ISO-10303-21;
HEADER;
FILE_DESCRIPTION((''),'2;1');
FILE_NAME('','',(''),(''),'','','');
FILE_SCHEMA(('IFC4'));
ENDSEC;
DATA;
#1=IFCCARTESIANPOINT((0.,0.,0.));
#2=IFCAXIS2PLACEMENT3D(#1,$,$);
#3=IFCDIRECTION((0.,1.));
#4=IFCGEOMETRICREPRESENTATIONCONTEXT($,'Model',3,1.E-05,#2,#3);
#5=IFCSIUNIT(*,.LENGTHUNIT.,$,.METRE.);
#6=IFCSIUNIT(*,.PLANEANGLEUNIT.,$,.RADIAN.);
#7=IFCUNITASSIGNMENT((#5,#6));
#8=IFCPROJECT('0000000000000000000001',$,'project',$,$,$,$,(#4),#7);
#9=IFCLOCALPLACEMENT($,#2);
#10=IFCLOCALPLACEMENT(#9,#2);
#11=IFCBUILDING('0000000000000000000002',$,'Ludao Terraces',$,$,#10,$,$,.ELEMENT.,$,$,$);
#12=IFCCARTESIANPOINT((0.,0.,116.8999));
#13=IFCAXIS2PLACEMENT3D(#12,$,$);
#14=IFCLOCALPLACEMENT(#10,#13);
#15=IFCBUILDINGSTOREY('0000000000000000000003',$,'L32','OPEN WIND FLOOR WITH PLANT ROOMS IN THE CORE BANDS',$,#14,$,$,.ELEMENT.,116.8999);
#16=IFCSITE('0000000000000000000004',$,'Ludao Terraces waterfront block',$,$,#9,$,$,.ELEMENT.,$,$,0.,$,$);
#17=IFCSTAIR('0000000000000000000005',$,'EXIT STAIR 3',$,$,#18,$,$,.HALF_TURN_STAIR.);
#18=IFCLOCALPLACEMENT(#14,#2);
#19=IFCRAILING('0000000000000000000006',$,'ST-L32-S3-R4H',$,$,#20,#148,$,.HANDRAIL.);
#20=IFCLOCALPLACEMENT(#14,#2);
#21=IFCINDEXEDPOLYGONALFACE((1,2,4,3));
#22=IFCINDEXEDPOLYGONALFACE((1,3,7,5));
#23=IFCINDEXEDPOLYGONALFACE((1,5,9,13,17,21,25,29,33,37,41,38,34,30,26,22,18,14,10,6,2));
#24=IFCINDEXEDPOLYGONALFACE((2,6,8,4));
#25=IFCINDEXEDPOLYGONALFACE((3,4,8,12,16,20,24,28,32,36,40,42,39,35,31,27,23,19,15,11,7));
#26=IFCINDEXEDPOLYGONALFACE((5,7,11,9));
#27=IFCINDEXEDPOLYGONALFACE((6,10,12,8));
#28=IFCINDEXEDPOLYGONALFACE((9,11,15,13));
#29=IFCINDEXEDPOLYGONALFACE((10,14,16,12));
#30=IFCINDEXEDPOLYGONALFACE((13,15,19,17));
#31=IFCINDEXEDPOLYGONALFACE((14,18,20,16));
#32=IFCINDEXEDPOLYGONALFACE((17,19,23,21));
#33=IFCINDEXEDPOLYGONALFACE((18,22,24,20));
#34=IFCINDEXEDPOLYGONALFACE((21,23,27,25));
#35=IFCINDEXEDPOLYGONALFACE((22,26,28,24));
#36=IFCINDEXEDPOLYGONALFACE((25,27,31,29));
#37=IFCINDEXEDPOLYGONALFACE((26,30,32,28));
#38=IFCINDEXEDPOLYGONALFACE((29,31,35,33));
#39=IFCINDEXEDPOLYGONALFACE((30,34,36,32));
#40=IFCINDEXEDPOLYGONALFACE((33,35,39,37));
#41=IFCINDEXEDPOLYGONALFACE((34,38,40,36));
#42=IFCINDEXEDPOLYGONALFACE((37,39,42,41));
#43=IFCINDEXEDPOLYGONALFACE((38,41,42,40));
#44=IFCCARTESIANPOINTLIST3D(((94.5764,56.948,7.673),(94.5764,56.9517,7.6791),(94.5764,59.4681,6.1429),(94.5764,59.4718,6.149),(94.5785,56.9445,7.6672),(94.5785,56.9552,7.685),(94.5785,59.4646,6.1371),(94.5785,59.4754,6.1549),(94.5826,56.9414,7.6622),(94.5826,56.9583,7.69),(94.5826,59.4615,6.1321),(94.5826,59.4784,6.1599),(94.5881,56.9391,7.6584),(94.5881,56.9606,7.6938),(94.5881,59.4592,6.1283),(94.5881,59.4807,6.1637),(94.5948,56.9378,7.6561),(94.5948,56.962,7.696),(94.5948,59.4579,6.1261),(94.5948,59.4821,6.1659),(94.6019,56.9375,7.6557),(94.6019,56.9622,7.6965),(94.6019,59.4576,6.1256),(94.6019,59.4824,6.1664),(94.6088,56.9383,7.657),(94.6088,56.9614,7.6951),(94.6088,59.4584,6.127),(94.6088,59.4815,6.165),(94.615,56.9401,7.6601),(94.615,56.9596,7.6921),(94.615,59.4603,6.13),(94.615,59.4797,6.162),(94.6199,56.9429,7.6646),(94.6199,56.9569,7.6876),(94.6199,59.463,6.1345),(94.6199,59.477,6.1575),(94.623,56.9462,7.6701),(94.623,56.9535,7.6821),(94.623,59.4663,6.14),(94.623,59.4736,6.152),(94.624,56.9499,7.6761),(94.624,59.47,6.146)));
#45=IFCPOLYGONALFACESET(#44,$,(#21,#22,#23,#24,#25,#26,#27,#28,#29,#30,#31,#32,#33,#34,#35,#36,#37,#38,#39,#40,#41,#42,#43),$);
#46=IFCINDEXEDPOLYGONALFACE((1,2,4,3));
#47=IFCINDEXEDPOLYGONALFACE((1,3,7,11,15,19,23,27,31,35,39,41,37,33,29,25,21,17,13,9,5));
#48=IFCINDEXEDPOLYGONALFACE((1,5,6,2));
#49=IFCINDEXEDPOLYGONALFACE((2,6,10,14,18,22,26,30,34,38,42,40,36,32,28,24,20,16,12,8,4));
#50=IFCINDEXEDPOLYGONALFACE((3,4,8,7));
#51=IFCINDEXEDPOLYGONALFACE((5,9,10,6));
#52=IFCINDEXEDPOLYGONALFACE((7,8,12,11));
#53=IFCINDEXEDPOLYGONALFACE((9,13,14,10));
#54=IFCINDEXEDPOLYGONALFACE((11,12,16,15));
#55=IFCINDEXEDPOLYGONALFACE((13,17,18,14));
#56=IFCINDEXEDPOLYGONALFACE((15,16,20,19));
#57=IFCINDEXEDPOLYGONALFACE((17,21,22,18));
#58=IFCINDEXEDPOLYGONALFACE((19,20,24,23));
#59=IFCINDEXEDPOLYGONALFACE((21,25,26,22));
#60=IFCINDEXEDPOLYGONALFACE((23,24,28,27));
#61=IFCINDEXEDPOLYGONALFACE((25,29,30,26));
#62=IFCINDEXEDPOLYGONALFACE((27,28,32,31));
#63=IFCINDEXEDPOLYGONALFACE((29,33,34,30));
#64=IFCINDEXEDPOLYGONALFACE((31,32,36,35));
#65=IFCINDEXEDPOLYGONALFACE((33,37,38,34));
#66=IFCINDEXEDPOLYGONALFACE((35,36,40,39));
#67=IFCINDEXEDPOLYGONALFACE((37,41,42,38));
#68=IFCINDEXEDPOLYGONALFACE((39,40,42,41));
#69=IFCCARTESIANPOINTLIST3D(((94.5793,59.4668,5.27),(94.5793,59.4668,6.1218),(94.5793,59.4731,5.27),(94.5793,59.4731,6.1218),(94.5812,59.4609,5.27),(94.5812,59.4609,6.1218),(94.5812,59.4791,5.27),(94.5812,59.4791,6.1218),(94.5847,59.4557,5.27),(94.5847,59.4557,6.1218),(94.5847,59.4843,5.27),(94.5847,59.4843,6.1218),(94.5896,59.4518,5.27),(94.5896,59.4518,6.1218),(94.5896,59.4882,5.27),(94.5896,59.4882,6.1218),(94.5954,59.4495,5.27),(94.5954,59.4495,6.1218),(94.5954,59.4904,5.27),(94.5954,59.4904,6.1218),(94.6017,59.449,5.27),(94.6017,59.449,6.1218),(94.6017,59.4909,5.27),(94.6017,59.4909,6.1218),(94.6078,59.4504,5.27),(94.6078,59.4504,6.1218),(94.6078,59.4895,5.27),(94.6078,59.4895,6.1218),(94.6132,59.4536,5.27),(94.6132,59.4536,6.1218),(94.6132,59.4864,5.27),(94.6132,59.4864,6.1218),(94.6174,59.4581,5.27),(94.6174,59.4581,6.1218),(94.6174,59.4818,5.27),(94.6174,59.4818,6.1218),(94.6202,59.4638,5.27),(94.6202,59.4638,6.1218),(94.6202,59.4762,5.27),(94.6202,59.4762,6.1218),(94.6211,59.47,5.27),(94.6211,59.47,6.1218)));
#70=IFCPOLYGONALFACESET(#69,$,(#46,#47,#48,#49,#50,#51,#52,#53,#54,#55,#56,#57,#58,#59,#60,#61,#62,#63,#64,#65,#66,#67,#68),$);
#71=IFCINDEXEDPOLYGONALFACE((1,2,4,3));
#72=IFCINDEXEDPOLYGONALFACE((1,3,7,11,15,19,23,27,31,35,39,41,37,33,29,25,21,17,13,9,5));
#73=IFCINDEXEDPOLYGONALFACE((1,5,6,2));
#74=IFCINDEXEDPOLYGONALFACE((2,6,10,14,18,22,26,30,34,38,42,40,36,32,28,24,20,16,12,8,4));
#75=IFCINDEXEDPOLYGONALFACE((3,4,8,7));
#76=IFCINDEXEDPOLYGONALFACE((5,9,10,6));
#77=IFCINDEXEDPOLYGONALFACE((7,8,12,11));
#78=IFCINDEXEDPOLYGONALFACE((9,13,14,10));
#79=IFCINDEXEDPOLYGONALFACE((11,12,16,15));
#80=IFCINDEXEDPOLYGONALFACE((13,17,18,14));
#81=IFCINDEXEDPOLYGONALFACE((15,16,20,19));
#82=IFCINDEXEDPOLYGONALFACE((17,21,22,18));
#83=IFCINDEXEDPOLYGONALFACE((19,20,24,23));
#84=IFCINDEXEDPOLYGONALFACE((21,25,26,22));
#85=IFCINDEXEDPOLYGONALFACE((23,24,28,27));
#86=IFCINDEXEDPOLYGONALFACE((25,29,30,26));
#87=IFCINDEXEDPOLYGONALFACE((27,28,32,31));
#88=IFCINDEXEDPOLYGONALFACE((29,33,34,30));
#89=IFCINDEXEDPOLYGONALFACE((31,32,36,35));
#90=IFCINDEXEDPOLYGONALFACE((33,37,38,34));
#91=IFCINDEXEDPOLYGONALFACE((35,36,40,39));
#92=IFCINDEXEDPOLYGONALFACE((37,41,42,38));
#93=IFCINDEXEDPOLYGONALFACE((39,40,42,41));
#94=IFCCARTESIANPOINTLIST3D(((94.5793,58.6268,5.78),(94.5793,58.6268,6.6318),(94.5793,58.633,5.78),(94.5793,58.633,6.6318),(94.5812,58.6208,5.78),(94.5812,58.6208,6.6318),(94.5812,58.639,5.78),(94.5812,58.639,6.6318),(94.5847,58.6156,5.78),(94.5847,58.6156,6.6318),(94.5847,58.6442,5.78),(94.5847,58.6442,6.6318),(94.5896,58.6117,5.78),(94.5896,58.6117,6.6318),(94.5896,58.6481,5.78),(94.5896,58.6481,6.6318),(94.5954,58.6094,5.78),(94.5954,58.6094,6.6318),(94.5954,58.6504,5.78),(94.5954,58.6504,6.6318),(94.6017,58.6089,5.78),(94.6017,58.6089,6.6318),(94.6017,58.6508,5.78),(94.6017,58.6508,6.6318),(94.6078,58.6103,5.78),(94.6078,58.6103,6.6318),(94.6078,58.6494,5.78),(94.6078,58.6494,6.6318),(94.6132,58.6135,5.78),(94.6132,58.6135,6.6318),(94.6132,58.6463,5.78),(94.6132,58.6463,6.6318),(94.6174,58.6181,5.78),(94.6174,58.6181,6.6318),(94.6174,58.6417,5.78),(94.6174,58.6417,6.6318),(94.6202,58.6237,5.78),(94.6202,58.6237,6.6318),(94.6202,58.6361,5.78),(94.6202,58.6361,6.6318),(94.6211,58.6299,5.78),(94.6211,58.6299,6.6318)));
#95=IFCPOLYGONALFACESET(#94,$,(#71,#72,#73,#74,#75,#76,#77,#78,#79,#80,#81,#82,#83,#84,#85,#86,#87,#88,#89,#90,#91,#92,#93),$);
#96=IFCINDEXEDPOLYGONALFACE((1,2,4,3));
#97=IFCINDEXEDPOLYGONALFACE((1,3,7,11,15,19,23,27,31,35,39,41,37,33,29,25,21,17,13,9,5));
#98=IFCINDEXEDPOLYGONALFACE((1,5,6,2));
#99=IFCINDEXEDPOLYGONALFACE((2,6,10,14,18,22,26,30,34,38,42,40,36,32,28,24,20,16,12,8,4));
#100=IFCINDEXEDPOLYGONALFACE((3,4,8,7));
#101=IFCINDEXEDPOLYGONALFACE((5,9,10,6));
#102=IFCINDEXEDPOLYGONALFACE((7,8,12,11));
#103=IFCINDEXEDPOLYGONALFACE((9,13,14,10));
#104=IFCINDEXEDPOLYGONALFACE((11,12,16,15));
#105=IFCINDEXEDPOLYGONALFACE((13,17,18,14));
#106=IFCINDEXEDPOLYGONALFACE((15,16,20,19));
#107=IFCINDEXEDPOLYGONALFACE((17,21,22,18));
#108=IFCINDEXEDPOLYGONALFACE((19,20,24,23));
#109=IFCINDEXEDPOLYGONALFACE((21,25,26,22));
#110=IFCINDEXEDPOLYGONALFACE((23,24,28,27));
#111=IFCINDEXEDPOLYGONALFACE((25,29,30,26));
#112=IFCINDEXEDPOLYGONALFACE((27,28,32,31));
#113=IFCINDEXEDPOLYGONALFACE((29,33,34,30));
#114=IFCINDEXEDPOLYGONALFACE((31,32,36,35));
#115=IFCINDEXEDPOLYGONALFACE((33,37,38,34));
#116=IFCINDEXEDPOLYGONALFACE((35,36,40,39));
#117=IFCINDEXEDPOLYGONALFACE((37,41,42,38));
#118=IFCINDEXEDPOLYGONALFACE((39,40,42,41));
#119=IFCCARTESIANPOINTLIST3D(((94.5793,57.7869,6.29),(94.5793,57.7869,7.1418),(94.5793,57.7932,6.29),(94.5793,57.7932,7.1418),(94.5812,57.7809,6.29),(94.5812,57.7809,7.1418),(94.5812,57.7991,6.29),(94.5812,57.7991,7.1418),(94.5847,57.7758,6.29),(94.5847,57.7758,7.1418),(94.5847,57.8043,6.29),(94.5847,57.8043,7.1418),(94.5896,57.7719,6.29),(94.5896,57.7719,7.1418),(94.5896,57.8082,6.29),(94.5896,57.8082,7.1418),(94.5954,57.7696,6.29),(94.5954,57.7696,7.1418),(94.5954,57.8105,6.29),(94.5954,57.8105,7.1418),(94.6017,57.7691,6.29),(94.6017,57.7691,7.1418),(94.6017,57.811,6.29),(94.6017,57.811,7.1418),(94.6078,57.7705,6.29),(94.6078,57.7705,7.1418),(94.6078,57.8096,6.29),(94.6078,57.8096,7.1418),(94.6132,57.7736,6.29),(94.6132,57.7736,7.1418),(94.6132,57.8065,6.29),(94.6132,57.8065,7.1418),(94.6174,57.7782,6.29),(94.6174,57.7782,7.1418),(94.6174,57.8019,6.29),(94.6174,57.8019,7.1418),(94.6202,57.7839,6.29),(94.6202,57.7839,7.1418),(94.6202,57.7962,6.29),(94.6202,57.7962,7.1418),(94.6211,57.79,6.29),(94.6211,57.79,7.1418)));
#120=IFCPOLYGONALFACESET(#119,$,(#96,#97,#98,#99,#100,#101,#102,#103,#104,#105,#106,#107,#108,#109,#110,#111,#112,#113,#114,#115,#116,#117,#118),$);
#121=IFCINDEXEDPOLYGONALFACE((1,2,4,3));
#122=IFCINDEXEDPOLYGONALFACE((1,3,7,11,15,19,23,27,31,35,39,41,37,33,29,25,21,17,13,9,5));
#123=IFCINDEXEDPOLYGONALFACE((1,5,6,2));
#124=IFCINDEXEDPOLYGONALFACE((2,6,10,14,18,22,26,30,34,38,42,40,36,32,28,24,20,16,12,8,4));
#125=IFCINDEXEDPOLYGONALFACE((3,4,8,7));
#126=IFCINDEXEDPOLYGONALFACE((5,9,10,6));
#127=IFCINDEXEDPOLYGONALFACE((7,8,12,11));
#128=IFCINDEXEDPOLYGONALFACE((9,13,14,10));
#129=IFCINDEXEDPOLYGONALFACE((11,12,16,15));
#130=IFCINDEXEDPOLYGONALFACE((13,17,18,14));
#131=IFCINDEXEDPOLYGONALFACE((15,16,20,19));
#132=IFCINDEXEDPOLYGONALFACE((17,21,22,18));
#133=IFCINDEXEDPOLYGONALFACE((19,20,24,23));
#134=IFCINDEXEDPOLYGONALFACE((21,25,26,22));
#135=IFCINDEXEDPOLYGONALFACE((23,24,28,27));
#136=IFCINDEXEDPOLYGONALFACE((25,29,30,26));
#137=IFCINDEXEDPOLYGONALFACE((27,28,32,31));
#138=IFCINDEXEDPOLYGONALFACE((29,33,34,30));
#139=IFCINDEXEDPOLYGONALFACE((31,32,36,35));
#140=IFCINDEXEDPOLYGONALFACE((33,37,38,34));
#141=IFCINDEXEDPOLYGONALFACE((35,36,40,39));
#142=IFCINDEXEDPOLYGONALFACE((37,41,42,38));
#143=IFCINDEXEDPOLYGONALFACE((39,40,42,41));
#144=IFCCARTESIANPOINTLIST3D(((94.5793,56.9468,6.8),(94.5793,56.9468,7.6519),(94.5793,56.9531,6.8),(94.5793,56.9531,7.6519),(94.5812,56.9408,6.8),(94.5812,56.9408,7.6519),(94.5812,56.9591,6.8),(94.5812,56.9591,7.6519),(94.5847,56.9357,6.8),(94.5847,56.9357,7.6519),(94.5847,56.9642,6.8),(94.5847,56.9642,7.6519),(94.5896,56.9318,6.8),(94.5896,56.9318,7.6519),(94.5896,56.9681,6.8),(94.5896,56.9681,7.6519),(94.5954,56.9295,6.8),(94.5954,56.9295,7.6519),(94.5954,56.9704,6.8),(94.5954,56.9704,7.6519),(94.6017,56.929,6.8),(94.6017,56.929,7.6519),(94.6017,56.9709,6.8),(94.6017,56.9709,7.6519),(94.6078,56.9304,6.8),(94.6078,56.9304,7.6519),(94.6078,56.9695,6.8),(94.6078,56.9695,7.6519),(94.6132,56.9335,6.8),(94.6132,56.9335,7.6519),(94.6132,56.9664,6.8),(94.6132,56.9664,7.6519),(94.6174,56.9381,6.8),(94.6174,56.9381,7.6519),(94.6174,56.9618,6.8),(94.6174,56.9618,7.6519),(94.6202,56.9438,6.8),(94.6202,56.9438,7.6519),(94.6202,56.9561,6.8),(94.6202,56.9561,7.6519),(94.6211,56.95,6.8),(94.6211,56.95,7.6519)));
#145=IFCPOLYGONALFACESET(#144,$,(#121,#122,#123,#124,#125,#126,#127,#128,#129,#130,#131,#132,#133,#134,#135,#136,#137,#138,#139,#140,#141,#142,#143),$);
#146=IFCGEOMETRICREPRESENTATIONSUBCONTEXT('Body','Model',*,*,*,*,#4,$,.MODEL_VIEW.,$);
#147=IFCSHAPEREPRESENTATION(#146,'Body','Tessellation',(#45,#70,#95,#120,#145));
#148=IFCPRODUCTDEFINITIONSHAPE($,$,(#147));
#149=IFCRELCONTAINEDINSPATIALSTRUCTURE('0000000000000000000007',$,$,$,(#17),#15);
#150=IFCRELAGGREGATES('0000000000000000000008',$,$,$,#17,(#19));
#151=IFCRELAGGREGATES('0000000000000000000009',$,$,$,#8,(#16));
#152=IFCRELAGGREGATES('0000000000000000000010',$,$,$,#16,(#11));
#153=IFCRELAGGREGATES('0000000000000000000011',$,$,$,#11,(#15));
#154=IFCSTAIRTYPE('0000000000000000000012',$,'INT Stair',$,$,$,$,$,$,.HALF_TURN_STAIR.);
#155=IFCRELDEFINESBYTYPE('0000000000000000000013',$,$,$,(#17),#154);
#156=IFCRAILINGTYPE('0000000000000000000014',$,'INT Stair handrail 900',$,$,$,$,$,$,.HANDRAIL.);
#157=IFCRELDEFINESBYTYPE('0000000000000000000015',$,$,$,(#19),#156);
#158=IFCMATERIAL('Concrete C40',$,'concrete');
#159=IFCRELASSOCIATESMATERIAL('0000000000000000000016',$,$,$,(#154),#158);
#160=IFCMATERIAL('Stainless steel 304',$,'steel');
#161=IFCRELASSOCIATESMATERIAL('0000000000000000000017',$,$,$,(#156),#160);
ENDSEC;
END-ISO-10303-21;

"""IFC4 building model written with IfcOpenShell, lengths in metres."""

from ifc_helpers import new_model, si_unit, direction, frame, origin, origin_2d, place, context, subcontext, project, spatial, circle, extrude, material, type_object, element, aggregate, save


model = new_model("IFC4")

# Units and contexts
model_context = context("Model", 3, precision=1e-05, world=origin(), true_north=direction((0.0, 1.0)))
body_context = subcontext(model_context, "Body", "Model", "MODEL_VIEW")
ifc_project = project(units=[si_unit("LENGTHUNIT", "METRE"), si_unit("PLANEANGLEUNIT", "RADIAN")], contexts=[model_context])

# Site, building, storey
site_placement = place(None, origin())
site = spatial("IfcSite", under=ifc_project, at=site_placement, Name="Ludao Terraces waterfront block", CompositionType="ELEMENT", RefElevation=0.0)
building_placement = place(site_placement, origin())
building = spatial("IfcBuilding", under=site, at=building_placement, Name="Ludao Terraces", CompositionType="ELEMENT")
storey_placement = place(building_placement, frame((0.0, 0.0, 116.8999)))
storey = spatial("IfcBuildingStorey", under=building, at=storey_placement, Name="L32", Description="OPEN WIND FLOOR WITH PLANT ROOMS IN THE CORE BANDS", CompositionType="ELEMENT", Elevation=116.8999)

# Stair, railing
ifc_material_1 = material(Name="Concrete C40", Category="concrete")
stair_type = type_object("IfcStairType", Name="INT Stair", PredefinedType="HALF_TURN_STAIR", material=ifc_material_1)
stair_placement = place(storey_placement, origin())
stair = element("IfcStair", 1, at=stair_placement, inside=storey, type_object=stair_type, Name="EXIT STAIR 3", PredefinedType="HALF_TURN_STAIR")
ifc_material_2 = material(Name="Stainless steel 304", Category="steel")
railing_type_1 = type_object("IfcRailingType", Name="INT Stair handrail 900", PredefinedType="HANDRAIL", material=ifc_material_2)
railing_1_placement = place(storey_placement, frame((94.6001, 59.47, 5.27)))
railing_1 = element("IfcRailing", 2, at=railing_1_placement, type_object=railing_type_1, Name="ST-L32-S3-R4H", PredefinedType="HANDRAIL", context=body_context, shape_type="SweptSolid", body=[
    extrude(circle(Radius=0.0239, at=origin_2d()), frame((0.0, 0.0, 0.876), z_axis=(0.0, -0.854785, 0.518982), x_axis=(1.0, 0.0, 0.0)), (0.0, 0.0, 1.0), 2.9482),
    extrude(circle(Radius=0.021, at=origin_2d()), origin(), (0.0, 0.0, 1.0), 0.8518),
    extrude(circle(Radius=0.021, at=origin_2d()), frame((0.0, -0.8401, 0.51)), (0.0, 0.0, 1.0), 0.8518),
    extrude(circle(Radius=0.021, at=origin_2d()), frame((0.0, -1.6799, 1.02)), (0.0, 0.0, 1.0), 0.8518),
    extrude(circle(Radius=0.021, at=origin_2d()), frame((0.0, -2.52, 1.53)), (0.0, 0.0, 1.0), 0.8518),
])
aggregate(stair, [railing_1])

save(model, "model.ifc")
